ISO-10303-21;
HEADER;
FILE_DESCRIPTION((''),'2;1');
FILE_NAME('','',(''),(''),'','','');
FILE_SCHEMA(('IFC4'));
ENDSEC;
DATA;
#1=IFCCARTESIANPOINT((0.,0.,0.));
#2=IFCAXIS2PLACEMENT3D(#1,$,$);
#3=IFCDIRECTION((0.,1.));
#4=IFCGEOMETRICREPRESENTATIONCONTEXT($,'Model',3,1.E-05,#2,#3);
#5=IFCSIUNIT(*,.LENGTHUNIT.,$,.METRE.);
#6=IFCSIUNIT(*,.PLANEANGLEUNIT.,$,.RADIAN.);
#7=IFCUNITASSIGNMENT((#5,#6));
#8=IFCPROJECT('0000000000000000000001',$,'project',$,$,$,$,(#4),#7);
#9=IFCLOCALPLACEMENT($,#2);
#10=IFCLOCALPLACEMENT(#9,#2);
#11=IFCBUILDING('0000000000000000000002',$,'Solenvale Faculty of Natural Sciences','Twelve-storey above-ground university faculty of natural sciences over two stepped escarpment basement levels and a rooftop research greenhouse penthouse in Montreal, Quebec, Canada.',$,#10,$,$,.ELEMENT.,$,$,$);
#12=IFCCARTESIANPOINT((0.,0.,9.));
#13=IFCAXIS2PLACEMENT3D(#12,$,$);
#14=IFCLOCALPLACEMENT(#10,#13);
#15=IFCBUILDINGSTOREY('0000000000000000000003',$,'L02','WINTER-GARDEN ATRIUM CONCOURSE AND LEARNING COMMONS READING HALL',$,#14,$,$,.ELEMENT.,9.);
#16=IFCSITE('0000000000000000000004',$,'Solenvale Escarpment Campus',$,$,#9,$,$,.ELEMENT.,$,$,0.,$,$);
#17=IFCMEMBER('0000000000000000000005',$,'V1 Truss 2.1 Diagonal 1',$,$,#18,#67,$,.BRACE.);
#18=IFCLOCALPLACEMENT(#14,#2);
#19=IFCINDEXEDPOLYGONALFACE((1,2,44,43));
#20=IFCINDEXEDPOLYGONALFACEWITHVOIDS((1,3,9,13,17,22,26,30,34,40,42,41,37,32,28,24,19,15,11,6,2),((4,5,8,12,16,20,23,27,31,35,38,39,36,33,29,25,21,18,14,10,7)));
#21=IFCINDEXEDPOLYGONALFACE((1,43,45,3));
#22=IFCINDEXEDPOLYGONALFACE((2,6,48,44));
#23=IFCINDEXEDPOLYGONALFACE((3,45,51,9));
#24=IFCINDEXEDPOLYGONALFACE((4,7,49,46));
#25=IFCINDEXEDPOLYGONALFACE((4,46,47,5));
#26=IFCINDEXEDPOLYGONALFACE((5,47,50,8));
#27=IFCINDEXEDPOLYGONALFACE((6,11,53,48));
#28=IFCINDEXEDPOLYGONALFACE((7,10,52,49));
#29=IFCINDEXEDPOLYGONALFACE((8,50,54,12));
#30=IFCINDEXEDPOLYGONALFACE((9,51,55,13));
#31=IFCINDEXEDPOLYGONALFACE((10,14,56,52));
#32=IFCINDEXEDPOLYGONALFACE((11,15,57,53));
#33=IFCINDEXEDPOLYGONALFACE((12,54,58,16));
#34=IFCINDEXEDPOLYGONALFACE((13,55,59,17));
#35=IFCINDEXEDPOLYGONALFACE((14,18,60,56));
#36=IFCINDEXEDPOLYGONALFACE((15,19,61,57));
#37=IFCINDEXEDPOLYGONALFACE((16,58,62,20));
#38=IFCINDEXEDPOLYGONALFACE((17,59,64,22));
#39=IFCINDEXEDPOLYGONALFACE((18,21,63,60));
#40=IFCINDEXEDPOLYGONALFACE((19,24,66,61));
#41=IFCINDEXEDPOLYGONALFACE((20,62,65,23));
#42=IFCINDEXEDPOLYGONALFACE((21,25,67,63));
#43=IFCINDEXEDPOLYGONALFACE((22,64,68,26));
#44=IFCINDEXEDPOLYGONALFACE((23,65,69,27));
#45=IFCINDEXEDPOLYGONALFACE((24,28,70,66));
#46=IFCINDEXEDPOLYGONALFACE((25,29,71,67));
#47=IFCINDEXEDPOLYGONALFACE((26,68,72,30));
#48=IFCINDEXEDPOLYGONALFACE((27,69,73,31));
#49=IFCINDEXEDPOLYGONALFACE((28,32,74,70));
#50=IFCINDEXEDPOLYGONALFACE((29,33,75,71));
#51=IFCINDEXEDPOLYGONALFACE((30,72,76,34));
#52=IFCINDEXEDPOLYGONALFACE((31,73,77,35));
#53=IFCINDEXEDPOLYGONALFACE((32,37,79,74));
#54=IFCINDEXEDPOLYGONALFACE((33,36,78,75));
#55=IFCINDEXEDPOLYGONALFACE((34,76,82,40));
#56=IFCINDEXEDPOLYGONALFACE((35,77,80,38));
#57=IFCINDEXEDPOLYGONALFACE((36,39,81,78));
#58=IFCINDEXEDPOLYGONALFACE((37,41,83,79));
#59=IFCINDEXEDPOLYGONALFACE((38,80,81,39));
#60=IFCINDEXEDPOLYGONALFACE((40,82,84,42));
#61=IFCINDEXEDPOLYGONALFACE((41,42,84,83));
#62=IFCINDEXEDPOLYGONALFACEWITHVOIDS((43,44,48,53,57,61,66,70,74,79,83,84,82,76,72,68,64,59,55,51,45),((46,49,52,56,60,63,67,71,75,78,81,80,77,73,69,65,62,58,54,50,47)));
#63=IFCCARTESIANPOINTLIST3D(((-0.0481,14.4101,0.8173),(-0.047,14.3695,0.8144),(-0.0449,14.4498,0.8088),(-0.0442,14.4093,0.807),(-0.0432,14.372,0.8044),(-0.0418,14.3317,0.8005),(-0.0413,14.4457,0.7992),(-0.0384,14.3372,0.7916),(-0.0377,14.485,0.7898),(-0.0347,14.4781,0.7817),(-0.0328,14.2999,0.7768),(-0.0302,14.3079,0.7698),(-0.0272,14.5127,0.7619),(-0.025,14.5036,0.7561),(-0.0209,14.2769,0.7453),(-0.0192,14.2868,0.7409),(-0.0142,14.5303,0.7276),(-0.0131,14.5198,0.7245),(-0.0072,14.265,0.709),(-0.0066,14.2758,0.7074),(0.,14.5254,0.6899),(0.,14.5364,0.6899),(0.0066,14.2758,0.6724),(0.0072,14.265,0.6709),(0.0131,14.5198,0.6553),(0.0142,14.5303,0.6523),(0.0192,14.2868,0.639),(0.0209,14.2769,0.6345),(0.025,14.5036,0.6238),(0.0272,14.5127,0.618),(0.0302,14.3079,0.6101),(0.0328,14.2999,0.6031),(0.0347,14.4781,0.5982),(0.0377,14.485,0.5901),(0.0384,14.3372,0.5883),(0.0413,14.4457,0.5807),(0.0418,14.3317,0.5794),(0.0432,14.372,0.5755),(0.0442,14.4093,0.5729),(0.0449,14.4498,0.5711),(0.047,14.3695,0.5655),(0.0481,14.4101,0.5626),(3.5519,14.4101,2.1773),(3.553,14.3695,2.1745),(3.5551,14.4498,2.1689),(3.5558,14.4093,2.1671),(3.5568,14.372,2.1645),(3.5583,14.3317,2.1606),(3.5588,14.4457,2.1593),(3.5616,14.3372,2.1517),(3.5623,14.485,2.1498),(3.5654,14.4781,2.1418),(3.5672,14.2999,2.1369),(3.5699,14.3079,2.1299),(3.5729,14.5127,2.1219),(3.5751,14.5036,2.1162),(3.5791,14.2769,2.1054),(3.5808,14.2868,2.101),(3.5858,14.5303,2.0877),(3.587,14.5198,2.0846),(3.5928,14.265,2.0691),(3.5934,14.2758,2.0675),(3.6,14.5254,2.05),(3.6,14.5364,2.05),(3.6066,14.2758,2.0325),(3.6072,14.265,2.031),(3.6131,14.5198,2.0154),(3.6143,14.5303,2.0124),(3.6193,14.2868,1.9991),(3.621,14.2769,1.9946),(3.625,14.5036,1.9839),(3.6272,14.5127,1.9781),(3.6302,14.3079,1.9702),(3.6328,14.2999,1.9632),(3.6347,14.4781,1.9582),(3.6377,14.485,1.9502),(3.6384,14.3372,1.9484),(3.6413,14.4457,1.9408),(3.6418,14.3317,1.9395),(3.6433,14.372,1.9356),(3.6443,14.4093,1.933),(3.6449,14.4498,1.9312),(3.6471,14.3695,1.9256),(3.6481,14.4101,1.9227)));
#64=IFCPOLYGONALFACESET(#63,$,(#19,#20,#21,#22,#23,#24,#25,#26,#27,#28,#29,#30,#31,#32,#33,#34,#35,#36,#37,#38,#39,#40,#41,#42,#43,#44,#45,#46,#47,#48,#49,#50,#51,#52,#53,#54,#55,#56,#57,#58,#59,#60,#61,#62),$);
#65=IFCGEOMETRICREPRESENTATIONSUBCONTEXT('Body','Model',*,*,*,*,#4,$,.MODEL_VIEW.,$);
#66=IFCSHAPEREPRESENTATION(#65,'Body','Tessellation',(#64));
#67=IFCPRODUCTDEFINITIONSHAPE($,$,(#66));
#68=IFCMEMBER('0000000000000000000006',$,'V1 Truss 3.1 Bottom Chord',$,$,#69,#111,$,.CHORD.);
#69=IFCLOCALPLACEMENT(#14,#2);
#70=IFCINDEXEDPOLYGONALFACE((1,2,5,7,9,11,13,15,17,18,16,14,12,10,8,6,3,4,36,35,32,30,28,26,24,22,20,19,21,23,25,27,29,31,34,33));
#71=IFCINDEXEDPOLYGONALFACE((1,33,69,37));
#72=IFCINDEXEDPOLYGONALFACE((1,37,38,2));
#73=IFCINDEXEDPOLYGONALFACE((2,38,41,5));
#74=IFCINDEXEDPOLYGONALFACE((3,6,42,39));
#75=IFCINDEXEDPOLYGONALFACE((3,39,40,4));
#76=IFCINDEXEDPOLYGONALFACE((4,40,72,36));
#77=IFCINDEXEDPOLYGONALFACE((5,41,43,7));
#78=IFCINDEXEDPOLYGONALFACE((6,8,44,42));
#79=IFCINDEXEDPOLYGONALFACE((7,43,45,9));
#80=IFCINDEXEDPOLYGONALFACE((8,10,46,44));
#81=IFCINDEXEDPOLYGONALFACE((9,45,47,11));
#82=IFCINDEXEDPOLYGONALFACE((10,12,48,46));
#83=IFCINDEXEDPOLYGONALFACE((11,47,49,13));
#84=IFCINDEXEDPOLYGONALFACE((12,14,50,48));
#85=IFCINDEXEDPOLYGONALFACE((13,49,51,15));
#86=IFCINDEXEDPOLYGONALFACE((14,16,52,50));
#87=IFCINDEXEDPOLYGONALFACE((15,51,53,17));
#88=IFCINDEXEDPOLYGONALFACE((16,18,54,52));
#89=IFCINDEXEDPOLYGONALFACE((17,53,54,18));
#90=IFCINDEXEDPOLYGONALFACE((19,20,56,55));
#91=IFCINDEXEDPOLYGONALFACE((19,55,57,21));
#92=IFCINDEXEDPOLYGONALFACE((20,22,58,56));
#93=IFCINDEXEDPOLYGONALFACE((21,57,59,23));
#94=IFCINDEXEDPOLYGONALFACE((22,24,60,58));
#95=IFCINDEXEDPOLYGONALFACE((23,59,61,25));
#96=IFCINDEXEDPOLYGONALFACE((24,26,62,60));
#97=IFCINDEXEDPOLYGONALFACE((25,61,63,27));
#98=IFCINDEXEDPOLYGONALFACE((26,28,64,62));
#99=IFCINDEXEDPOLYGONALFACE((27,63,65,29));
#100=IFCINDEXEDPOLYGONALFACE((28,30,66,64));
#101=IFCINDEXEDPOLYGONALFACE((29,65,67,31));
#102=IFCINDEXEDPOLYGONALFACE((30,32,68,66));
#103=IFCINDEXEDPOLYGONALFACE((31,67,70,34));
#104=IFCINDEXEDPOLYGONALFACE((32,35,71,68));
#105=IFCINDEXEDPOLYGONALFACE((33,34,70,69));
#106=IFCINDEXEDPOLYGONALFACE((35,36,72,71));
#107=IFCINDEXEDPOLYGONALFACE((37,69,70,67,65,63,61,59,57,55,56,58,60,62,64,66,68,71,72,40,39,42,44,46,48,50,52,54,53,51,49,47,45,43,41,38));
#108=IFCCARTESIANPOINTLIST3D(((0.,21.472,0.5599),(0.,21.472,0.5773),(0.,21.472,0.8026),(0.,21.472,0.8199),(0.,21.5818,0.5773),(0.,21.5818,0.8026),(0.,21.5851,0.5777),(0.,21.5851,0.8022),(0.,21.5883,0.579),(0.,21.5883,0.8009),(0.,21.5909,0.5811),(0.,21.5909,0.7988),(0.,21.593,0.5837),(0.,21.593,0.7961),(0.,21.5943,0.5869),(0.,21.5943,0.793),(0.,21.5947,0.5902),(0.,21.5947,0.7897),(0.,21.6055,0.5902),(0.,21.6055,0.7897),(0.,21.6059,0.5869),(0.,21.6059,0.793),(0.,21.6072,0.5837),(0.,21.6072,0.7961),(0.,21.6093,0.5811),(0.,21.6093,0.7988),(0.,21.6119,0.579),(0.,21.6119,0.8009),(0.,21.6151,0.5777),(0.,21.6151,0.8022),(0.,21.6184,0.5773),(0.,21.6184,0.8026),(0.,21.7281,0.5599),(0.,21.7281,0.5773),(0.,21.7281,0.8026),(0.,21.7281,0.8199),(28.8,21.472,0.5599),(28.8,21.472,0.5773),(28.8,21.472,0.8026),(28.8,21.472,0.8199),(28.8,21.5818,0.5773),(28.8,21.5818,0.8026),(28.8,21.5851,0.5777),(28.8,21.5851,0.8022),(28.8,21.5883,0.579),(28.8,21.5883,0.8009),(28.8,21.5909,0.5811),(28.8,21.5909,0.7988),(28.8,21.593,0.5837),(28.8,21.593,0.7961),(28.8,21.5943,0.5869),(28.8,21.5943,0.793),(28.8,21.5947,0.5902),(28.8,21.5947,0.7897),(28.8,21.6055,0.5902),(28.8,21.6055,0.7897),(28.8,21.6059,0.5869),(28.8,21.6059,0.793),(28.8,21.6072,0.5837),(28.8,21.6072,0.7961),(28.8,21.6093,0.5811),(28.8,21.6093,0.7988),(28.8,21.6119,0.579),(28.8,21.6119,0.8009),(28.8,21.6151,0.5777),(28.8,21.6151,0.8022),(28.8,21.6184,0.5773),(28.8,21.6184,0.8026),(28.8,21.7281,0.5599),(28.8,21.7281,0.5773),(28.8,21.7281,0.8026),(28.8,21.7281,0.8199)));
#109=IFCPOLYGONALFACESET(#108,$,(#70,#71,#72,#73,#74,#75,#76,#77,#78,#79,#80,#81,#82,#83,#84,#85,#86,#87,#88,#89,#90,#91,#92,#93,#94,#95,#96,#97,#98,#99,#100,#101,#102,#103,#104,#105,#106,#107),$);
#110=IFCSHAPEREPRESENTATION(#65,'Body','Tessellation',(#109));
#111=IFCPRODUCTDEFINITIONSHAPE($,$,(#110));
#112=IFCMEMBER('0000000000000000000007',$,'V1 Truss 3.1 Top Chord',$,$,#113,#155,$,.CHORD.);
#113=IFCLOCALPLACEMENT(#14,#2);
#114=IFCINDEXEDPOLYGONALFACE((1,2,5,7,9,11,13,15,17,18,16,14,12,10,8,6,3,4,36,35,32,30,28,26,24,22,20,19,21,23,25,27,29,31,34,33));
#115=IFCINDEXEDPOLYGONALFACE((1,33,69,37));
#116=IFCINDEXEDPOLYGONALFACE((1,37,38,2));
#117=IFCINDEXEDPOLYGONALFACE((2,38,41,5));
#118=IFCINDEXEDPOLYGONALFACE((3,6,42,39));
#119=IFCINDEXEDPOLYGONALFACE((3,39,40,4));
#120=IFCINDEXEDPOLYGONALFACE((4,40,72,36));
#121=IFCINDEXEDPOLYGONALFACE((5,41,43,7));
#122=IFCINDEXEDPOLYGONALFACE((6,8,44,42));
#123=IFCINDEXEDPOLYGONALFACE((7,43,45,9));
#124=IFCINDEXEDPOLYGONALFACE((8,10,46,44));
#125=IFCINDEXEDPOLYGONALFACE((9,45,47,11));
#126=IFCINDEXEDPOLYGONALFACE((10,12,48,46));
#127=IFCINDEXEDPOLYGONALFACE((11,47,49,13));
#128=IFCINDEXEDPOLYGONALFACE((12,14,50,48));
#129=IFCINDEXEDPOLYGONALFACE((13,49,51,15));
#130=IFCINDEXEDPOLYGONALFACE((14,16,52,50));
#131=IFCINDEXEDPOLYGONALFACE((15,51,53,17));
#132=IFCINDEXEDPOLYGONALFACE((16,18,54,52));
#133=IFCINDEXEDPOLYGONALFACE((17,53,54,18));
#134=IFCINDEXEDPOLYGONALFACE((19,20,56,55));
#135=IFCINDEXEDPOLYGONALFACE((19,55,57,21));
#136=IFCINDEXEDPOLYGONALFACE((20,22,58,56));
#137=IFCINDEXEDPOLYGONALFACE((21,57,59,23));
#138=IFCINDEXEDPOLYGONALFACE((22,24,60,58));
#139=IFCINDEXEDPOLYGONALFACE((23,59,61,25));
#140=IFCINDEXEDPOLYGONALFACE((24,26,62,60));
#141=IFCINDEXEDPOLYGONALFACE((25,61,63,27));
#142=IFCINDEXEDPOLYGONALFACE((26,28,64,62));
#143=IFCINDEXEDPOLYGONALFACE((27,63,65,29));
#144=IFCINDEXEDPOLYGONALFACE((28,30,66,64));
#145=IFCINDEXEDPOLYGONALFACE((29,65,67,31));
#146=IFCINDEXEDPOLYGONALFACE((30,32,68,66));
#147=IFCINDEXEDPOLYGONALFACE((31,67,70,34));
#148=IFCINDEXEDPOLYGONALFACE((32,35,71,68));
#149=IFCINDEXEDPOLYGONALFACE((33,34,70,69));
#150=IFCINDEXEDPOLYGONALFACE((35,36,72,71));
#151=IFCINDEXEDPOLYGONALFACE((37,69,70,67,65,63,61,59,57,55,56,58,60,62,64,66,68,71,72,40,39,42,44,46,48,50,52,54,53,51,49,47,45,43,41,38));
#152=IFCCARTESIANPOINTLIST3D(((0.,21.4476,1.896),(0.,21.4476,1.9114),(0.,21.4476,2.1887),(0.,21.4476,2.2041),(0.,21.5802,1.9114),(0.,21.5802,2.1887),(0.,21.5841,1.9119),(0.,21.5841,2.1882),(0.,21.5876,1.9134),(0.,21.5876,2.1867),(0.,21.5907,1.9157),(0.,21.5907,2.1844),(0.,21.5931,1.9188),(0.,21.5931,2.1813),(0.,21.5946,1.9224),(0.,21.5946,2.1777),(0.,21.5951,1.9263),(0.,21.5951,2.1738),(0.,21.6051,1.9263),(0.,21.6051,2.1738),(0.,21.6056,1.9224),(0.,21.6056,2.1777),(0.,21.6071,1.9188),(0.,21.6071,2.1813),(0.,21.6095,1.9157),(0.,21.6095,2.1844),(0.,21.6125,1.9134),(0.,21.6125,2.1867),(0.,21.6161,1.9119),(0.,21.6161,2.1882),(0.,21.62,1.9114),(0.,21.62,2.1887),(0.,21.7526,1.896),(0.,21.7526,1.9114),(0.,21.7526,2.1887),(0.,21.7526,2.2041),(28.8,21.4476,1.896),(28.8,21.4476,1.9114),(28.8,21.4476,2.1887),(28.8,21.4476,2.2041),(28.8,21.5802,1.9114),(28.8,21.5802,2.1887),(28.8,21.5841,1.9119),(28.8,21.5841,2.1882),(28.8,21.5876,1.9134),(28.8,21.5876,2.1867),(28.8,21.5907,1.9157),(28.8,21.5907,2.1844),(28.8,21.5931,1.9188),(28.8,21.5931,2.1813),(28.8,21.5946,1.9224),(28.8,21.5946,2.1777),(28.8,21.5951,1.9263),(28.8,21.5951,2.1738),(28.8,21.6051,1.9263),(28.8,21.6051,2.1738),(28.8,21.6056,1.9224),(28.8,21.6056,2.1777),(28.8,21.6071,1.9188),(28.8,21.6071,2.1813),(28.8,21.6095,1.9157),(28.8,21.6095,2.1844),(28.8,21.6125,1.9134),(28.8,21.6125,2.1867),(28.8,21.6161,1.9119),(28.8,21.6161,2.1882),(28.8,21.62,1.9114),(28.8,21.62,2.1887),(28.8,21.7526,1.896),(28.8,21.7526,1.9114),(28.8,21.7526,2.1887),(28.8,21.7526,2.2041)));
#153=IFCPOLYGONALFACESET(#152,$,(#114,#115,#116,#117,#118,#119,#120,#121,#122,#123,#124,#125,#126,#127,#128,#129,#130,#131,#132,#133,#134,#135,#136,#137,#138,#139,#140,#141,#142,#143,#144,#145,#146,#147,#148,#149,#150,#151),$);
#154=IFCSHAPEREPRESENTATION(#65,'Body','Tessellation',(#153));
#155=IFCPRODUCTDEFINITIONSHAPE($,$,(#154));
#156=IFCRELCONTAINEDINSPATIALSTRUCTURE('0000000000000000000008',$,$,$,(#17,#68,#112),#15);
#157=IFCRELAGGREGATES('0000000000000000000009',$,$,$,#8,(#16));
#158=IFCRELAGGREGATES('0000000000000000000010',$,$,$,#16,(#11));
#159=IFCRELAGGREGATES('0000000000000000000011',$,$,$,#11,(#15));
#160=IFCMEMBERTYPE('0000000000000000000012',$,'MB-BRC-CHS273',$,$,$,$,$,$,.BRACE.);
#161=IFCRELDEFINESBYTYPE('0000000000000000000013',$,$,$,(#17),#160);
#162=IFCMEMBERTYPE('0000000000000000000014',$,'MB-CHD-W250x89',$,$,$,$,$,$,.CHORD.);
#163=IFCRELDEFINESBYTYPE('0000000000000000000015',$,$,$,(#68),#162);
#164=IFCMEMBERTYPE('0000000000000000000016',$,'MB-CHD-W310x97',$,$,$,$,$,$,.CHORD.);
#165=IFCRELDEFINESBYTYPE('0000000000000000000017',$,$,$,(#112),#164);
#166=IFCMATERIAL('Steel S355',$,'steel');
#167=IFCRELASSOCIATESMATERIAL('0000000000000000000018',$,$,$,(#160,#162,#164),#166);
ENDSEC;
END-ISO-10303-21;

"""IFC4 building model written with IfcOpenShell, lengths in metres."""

from ifc_helpers import new_model, si_unit, direction, frame, origin, origin_2d, place, context, subcontext, project, spatial, hollow_circle, i_section, extrude, material, material_profile, profile_set, type_object, element, save


model = new_model("IFC4")

# Units and contexts
model_context = context("Model", 3, precision=1e-05, world=origin(), true_north=direction((0.0, 1.0)))
body_context = subcontext(model_context, "Body", "Model", "MODEL_VIEW")
ifc_project = project(units=[si_unit("LENGTHUNIT", "METRE"), si_unit("PLANEANGLEUNIT", "RADIAN")], contexts=[model_context])

# Site, building, storey
site_placement = place(None, origin())
site = spatial("IfcSite", under=ifc_project, at=site_placement, Name="Solenvale Escarpment Campus", CompositionType="ELEMENT", RefElevation=0.0)
building_placement = place(site_placement, origin())
building = spatial("IfcBuilding", under=site, at=building_placement, Name="Solenvale Faculty of Natural Sciences", Description="Twelve-storey above-ground university faculty of natural sciences over two stepped escarpment basement levels and a rooftop research greenhouse penthouse in Montreal, Quebec, Canada.", CompositionType="ELEMENT")
storey_placement = place(building_placement, frame((0.0, 0.0, 9.0)))
storey = spatial("IfcBuildingStorey", under=building, at=storey_placement, Name="L02", Description="WINTER-GARDEN ATRIUM CONCOURSE AND LEARNING COMMONS READING HALL", CompositionType="ELEMENT", Elevation=9.0)

# Shared definitions
ifc_material_1 = material(Name="Steel S355", Category="steel")

# Members
ifc_material_profile_1 = material_profile(ifc_material_1, hollow_circle(Radius=0.1365, WallThickness=0.011, at=origin_2d()), Name="HSS273x11")
ifc_profile_set_1 = profile_set([ifc_material_profile_1], Name="Steel S355")
member_type_1 = type_object("IfcMemberType", Name="MB-BRC-CHS273", PredefinedType="BRACE", material=ifc_profile_set_1)
member_1_placement = place(storey_placement, frame((0.0, 14.3999, 0.6899), z_axis=(0.935466, 0.0, 0.353417), x_axis=(0.0, 1.0, 0.0)))
element("IfcMember", 1, at=member_1_placement, inside=storey, type_object=member_type_1, Name="V1 Truss 2.1 Diagonal 1", PredefinedType="BRACE", context=body_context, shape_type="SweptSolid", body=[
    extrude(hollow_circle(Radius=0.1365, WallThickness=0.011, at=origin_2d()), origin(), (0.0, 0.0, 1.0), 3.8484),
])
ifc_material_profile_2 = material_profile(ifc_material_1, i_section(OverallWidth=0.2561, OverallDepth=0.26, WebThickness=0.0107, FlangeThickness=0.0173, FilletRadius=0.0129, at=origin_2d()), Name="W250x89")
ifc_profile_set_2 = profile_set([ifc_material_profile_2], Name="Steel S355")
member_type_2 = type_object("IfcMemberType", Name="MB-CHD-W250x89", PredefinedType="CHORD", material=ifc_profile_set_2)
member_2_placement = place(storey_placement, frame((0.0, 21.6001, 0.6899), z_axis=(1.0, 0.0, 0.0), x_axis=(0.0, 1.0, 0.0)))
element("IfcMember", 2, at=member_2_placement, inside=storey, type_object=member_type_2, Name="V1 Truss 3.1 Bottom Chord", PredefinedType="CHORD", context=body_context, shape_type="SweptSolid", body=[
    extrude(i_section(OverallWidth=0.2561, OverallDepth=0.26, WebThickness=0.0107, FlangeThickness=0.0173, FilletRadius=0.0129, at=origin_2d()), origin(), (0.0, 0.0, 1.0), 28.8),
])
ifc_material_profile_3 = material_profile(ifc_material_1, i_section(OverallWidth=0.3049, OverallDepth=0.3081, WebThickness=0.01, FlangeThickness=0.0154, FilletRadius=0.0149, at=origin_2d()), Name="W310x97")
ifc_profile_set_3 = profile_set([ifc_material_profile_3], Name="Steel S355")
member_type_3 = type_object("IfcMemberType", Name="MB-CHD-W310x97", PredefinedType="CHORD", material=ifc_profile_set_3)
member_3_placement = place(storey_placement, frame((0.0, 21.6001, 2.05), z_axis=(1.0, 0.0, 0.0), x_axis=(0.0, 1.0, 0.0)))
element("IfcMember", 3, at=member_3_placement, inside=storey, type_object=member_type_3, Name="V1 Truss 3.1 Top Chord", PredefinedType="CHORD", context=body_context, shape_type="SweptSolid", body=[
    extrude(i_section(OverallWidth=0.3049, OverallDepth=0.3081, WebThickness=0.01, FlangeThickness=0.0154, FilletRadius=0.0149, at=origin_2d()), origin(), (0.0, 0.0, 1.0), 28.8),
])

save(model, "model.ifc")
